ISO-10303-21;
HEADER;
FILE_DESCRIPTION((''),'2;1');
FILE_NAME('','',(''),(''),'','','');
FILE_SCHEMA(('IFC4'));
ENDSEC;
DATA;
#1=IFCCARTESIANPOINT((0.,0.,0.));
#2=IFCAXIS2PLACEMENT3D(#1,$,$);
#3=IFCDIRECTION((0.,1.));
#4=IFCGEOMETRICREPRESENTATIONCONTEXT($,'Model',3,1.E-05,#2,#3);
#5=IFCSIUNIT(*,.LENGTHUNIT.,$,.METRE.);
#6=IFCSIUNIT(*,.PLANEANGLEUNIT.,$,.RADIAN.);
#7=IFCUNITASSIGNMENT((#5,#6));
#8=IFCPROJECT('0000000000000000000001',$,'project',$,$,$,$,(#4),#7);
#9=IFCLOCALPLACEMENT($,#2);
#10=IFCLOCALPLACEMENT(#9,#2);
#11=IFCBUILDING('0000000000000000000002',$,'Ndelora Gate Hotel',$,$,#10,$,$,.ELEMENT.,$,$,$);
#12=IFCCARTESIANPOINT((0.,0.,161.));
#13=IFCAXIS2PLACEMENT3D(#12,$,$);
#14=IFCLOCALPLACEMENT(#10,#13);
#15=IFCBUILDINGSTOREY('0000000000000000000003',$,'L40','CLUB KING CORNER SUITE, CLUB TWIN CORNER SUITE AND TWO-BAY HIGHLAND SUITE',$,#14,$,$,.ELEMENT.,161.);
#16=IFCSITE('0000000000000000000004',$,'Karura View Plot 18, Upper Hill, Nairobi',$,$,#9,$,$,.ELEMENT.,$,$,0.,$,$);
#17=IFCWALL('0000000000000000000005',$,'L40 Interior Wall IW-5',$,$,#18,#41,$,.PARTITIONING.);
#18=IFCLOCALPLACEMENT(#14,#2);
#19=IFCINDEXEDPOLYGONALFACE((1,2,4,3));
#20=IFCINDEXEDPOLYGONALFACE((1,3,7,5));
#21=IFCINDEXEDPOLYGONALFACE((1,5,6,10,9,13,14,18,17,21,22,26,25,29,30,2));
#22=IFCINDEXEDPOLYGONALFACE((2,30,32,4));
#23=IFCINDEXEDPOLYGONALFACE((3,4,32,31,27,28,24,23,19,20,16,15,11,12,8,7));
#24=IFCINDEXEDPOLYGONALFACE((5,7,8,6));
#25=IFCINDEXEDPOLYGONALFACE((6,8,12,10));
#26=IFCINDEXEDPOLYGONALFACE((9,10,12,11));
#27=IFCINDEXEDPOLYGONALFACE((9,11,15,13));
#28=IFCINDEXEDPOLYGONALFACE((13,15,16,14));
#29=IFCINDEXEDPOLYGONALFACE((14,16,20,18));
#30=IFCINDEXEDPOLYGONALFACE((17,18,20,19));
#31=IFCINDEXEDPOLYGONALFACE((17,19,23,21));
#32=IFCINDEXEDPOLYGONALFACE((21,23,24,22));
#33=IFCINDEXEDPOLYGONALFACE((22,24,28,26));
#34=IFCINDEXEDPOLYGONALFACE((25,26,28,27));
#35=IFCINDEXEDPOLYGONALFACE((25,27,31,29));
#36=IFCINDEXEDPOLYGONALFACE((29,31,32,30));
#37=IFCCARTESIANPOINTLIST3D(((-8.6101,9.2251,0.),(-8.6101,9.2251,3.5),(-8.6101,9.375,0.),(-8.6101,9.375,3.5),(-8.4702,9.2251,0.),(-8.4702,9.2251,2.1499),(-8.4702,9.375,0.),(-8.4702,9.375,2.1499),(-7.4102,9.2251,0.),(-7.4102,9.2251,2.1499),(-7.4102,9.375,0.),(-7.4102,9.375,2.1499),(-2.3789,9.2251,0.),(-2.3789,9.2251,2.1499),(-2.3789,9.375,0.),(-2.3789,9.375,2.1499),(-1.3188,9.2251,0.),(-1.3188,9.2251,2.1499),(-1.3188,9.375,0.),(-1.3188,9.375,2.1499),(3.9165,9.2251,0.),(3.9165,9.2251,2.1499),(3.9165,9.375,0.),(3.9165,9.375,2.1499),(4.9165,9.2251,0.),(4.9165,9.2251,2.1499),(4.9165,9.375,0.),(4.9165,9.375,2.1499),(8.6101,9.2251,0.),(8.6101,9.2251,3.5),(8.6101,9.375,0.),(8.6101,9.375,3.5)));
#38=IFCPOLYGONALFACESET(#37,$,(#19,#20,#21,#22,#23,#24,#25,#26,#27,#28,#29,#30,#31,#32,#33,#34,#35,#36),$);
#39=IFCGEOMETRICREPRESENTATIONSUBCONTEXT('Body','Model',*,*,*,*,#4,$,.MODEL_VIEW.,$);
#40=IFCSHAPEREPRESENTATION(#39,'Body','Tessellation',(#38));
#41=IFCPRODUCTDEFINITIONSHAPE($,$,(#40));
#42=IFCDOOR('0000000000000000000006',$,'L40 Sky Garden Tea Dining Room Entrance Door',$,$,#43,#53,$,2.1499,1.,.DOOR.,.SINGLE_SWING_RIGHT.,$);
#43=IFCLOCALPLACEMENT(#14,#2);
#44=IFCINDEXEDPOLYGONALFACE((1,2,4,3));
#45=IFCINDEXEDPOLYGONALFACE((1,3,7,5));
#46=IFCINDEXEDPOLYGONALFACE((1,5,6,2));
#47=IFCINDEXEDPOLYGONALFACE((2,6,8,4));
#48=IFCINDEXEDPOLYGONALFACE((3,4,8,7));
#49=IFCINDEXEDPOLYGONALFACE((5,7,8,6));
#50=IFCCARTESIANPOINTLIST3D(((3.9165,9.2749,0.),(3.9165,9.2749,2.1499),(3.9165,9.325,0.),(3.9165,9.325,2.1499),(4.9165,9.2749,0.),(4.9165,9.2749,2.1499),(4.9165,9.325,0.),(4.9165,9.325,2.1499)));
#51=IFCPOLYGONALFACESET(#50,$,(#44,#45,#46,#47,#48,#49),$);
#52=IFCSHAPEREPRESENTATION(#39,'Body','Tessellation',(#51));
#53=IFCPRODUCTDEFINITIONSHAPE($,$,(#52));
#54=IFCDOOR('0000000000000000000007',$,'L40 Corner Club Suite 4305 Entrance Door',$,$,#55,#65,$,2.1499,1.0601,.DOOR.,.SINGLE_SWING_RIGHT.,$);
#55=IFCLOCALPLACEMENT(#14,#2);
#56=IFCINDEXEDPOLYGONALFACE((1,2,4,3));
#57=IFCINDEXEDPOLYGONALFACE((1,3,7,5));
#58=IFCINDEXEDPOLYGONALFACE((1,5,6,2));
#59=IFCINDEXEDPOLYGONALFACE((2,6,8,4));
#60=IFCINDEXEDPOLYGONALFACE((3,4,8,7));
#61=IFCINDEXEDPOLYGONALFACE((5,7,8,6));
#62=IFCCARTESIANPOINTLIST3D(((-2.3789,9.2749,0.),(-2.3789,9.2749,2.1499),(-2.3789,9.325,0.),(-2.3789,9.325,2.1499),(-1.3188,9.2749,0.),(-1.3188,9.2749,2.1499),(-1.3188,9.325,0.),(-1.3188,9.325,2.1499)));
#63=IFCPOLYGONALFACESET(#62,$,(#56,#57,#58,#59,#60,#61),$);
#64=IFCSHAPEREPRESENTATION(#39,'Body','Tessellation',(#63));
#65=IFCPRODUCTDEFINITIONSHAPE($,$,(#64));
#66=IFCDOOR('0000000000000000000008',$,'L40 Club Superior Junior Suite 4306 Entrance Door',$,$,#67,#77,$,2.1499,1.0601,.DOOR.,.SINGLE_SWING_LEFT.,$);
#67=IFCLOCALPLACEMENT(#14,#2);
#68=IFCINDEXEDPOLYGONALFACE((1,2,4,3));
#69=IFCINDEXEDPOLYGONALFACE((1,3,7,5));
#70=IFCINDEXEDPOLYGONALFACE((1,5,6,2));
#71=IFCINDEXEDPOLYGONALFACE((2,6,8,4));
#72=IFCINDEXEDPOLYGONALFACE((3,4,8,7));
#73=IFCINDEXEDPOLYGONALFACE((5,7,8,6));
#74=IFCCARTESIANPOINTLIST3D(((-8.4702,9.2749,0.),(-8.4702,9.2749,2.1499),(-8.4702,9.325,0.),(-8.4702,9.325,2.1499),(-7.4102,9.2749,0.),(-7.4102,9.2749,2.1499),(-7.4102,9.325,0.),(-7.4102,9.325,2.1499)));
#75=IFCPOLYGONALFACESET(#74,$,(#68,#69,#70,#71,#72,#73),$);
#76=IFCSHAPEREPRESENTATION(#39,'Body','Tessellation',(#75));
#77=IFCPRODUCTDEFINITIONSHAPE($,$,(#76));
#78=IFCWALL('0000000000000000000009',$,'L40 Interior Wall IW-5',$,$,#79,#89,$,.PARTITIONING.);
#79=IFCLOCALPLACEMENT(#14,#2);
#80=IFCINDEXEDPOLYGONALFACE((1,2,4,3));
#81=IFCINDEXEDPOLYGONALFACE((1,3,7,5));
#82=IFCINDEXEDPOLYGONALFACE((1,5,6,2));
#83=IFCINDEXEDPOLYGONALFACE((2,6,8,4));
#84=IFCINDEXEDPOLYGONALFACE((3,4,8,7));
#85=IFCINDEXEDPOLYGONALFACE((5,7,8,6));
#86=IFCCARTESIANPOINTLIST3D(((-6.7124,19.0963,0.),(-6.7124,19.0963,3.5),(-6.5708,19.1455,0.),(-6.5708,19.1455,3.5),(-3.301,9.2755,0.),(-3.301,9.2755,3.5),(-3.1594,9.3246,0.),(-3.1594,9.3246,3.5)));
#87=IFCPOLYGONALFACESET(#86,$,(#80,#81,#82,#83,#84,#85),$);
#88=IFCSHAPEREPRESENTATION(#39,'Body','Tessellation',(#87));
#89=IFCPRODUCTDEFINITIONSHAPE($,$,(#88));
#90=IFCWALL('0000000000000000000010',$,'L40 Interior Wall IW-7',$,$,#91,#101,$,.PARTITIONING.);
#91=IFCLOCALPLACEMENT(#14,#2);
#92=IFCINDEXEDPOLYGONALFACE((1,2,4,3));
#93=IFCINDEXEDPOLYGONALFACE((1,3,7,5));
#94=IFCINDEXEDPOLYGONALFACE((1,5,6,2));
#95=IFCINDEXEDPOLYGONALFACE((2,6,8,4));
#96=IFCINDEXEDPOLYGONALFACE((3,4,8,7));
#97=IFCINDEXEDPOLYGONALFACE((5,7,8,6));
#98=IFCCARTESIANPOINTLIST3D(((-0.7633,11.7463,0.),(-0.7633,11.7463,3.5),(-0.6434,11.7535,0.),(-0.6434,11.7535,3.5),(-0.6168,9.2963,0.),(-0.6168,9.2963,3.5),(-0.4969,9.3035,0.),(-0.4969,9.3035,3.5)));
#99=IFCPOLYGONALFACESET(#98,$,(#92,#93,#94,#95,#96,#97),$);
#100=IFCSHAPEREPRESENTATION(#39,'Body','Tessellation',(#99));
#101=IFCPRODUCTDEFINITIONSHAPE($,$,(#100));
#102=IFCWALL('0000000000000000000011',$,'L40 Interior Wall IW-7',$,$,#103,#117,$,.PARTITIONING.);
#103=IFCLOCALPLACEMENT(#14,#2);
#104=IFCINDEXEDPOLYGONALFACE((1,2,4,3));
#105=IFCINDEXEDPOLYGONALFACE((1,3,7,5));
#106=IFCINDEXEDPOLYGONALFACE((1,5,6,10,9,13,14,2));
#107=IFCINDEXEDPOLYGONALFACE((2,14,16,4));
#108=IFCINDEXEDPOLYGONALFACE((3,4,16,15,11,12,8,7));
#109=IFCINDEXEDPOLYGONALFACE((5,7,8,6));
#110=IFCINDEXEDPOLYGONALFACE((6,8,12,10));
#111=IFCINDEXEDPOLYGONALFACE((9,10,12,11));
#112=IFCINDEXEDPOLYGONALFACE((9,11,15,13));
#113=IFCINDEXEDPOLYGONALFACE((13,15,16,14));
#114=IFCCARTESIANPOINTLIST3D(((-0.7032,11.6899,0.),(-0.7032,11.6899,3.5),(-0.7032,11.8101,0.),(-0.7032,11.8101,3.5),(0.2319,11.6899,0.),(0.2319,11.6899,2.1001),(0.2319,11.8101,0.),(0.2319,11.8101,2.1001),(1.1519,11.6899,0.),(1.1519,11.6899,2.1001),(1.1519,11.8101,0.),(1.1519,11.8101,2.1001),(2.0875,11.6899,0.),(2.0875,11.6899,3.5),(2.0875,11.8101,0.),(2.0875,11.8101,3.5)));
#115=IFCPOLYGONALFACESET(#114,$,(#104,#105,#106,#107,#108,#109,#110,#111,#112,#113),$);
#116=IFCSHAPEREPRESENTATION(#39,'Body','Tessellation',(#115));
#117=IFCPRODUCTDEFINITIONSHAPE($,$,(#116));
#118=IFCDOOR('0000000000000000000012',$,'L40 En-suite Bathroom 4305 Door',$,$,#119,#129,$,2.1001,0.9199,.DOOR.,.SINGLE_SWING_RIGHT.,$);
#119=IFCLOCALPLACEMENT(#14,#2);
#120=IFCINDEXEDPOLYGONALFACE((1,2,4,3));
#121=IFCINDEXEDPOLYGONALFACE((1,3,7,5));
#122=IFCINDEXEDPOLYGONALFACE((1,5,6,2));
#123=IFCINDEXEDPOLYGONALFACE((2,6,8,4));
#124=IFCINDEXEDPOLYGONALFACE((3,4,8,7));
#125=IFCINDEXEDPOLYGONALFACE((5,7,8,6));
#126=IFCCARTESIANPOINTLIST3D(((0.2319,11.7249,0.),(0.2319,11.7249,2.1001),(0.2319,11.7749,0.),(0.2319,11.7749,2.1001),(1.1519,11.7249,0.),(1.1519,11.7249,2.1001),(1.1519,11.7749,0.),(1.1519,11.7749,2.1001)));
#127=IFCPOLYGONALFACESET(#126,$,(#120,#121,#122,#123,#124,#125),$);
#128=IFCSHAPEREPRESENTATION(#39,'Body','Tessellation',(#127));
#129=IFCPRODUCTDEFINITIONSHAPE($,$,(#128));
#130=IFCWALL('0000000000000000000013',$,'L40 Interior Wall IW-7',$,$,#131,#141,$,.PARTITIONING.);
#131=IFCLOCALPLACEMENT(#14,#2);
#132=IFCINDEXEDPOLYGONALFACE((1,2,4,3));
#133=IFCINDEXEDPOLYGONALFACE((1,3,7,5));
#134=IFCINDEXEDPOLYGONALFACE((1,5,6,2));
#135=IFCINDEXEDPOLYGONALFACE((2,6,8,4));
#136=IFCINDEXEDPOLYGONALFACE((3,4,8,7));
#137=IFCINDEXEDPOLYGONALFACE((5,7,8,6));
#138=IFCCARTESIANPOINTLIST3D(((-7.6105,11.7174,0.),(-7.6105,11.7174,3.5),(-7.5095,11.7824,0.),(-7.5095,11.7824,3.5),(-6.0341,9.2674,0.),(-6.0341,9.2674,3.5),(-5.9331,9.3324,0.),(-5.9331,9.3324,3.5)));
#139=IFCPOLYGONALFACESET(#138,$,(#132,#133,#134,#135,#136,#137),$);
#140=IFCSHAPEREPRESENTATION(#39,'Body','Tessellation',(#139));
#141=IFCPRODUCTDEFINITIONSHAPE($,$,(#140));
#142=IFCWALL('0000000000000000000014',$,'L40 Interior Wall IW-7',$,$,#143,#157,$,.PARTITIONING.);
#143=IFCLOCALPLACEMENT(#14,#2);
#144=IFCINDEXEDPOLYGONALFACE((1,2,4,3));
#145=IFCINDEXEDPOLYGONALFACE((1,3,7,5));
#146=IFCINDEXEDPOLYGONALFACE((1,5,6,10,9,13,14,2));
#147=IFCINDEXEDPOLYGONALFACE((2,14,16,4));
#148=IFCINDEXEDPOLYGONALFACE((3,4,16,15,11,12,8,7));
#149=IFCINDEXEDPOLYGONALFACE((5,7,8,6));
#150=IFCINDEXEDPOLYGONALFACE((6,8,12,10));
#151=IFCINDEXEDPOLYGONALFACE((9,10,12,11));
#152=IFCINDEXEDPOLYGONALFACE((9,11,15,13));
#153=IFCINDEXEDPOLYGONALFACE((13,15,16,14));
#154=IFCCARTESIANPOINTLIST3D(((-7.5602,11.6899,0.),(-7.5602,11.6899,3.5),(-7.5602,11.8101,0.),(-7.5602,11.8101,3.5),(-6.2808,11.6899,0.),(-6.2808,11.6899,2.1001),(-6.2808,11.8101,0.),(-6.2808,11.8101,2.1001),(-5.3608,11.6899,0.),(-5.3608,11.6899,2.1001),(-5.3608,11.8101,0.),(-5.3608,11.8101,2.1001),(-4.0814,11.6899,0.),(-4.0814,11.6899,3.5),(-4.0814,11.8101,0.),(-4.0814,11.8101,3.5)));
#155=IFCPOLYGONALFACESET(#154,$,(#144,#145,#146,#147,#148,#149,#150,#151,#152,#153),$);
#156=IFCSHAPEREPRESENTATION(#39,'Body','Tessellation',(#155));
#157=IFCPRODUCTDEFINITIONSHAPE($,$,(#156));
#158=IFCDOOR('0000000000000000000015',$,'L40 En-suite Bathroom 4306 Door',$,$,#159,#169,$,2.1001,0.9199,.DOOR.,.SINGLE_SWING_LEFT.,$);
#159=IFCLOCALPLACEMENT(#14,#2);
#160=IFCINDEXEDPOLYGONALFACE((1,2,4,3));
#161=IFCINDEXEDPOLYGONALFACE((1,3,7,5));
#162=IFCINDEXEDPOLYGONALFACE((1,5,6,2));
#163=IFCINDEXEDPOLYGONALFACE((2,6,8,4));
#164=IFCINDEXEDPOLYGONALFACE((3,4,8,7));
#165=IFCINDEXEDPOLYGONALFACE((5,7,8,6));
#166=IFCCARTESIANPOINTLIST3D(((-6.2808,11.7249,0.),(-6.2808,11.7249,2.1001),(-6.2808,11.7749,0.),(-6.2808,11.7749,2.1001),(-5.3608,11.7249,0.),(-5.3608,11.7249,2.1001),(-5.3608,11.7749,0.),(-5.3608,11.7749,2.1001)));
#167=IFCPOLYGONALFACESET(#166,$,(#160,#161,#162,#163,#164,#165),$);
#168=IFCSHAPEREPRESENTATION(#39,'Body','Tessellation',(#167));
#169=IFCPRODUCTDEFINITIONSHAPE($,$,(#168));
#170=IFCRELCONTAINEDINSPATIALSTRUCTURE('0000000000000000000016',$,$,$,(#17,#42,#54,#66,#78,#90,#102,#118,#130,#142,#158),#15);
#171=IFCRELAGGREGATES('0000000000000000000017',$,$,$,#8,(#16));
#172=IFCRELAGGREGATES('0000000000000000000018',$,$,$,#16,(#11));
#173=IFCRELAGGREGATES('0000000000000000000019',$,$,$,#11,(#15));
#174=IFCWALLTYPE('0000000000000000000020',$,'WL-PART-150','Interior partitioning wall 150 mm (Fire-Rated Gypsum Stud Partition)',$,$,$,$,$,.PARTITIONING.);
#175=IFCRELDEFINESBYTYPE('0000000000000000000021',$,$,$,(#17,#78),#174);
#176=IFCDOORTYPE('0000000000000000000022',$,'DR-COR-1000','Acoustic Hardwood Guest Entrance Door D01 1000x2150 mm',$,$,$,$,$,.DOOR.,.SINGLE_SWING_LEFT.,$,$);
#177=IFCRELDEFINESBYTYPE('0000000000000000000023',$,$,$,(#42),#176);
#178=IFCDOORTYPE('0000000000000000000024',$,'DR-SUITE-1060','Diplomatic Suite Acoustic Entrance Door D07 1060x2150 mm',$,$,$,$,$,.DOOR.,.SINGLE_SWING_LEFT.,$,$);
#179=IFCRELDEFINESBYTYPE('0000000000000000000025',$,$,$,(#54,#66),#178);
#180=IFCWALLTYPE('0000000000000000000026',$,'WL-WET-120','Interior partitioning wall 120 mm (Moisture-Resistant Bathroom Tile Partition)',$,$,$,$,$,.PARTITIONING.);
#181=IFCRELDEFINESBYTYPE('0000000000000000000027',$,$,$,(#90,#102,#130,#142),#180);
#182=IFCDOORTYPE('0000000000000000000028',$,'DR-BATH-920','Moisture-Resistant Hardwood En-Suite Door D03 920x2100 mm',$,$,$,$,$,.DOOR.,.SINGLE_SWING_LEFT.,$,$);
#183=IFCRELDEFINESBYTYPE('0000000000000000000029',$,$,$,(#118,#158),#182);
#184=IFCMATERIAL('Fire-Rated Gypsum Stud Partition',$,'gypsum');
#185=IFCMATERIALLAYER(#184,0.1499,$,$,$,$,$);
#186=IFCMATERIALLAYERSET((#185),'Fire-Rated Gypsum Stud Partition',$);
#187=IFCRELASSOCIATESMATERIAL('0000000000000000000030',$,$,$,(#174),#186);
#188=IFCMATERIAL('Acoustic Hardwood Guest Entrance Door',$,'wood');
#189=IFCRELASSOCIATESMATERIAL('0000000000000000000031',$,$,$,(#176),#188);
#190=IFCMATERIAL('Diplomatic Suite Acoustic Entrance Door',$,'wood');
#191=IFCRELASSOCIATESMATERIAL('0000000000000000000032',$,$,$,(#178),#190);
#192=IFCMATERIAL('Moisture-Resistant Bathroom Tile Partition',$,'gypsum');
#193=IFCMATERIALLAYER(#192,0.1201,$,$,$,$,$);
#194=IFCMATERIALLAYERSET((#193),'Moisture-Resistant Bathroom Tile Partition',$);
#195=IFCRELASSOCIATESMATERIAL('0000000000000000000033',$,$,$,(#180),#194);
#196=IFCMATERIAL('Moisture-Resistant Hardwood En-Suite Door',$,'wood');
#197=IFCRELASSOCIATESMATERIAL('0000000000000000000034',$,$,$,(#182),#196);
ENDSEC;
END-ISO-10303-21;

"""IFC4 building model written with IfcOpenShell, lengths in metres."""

from ifc_helpers import new_model, si_unit, direction, frame, frame_2d, origin, place, context, subcontext, project, spatial, rectangle, extrude, material, layer, layer_set, type_object, element, fill, save


model = new_model("IFC4")

# Units and contexts
model_context = context("Model", 3, precision=1e-05, world=origin(), true_north=direction((0.0, 1.0)))
body_context = subcontext(model_context, "Body", "Model", "MODEL_VIEW")
ifc_project = project(units=[si_unit("LENGTHUNIT", "METRE"), si_unit("PLANEANGLEUNIT", "RADIAN")], contexts=[model_context])

# Site, building, storey
site_placement = place(None, origin())
site = spatial("IfcSite", under=ifc_project, at=site_placement, Name="Karura View Plot 18, Upper Hill, Nairobi", CompositionType="ELEMENT", RefElevation=0.0)
building_placement = place(site_placement, origin())
building = spatial("IfcBuilding", under=site, at=building_placement, Name="Ndelora Gate Hotel", CompositionType="ELEMENT")
storey_placement = place(building_placement, frame((0.0, 0.0, 161.0)))
storey = spatial("IfcBuildingStorey", under=building, at=storey_placement, Name="L40", Description="CLUB KING CORNER SUITE, CLUB TWIN CORNER SUITE AND TWO-BAY HIGHLAND SUITE", CompositionType="ELEMENT", Elevation=161.0)

# Wall, openings, doors
ifc_material_1 = material(Name="Fire-Rated Gypsum Stud Partition", Category="gypsum")
ifc_layer_1 = layer(ifc_material_1, 0.1499)
ifc_layer_set_1 = layer_set([ifc_layer_1], Name="Fire-Rated Gypsum Stud Partition")
wall_type_1 = type_object("IfcWallType", Name="WL-PART-150", Description="Interior partitioning wall 150 mm (Fire-Rated Gypsum Stud Partition)", PredefinedType="PARTITIONING", material=ifc_layer_set_1)
wall_1_placement = place(storey_placement, frame((-8.6101, 9.3, 0.0), z_axis=(0.0, 0.0, 1.0), x_axis=(1.0, 0.0, 0.0)))
wall_1 = element("IfcWall", 1, at=wall_1_placement, inside=storey, type_object=wall_type_1, Name="L40 Interior Wall IW-5", PredefinedType="PARTITIONING", context=body_context, shape_type="SweptSolid", body=[
    extrude(rectangle(XDim=17.2202, YDim=0.1499, at=frame_2d((8.6101, 0.0))), origin(), (0.0, 0.0, 1.0), 3.5),
])
opening_1_placement = place(wall_1_placement, frame((12.5266, 0.0, 0.0)))
opening_1 = element("IfcOpeningElement", 2, at=opening_1_placement, cuts=wall_1, PredefinedType="OPENING", context=body_context, shape_type="SweptSolid", body=[
    extrude(rectangle(XDim=1.0, YDim=2.1499, at=frame_2d((0.5, 1.075))), frame((0.0, 0.085, 0.0), z_axis=(0.0, -1.0, 0.0), x_axis=(1.0, 0.0, 0.0)), (0.0, 0.0, 1.0), 0.1699),
])
opening_2_placement = place(wall_1_placement, frame((6.2312, 0.0, 0.0)))
opening_2 = element("IfcOpeningElement", 3, at=opening_2_placement, cuts=wall_1, PredefinedType="OPENING", context=body_context, shape_type="SweptSolid", body=[
    extrude(rectangle(XDim=1.0601, YDim=2.1499, at=frame_2d((0.53, 1.075))), frame((0.0, 0.085, 0.0), z_axis=(0.0, -1.0, 0.0), x_axis=(1.0, 0.0, 0.0)), (0.0, 0.0, 1.0), 0.1699),
])
opening_3_placement = place(wall_1_placement, frame((0.1399, 0.0, 0.0)))
opening_3 = element("IfcOpeningElement", 4, at=opening_3_placement, cuts=wall_1, PredefinedType="OPENING", context=body_context, shape_type="SweptSolid", body=[
    extrude(rectangle(XDim=1.0601, YDim=2.1499, at=frame_2d((0.53, 1.075))), frame((0.0, 0.085, 0.0), z_axis=(0.0, -1.0, 0.0), x_axis=(1.0, 0.0, 0.0)), (0.0, 0.0, 1.0), 0.1699),
])
ifc_material_2 = material(Name="Acoustic Hardwood Guest Entrance Door", Category="wood")
door_type_1 = type_object("IfcDoorType", Name="DR-COR-1000", Description="Acoustic Hardwood Guest Entrance Door D01 1000x2150 mm", OperationType="SINGLE_SWING_LEFT", PredefinedType="DOOR", material=ifc_material_2)
door_1_placement = place(opening_1_placement, origin())
door_1 = element("IfcDoor", 5, at=door_1_placement, inside=storey, type_object=door_type_1, Name="L40 Sky Garden Tea Dining Room Entrance Door", OperationType="SINGLE_SWING_RIGHT", OverallHeight=2.1499, OverallWidth=1.0, PredefinedType="DOOR", context=body_context, shape_type="SweptSolid", body=[
    extrude(rectangle(XDim=1.0, YDim=2.1499, at=frame_2d((0.5, 1.075))), frame((0.0, 0.0249, 0.0), z_axis=(0.0, -1.0, 0.0), x_axis=(1.0, 0.0, 0.0)), (0.0, 0.0, 1.0), 0.05),
])
fill(opening_1, door_1)
ifc_material_3 = material(Name="Diplomatic Suite Acoustic Entrance Door", Category="wood")
door_type_2 = type_object("IfcDoorType", Name="DR-SUITE-1060", Description="Diplomatic Suite Acoustic Entrance Door D07 1060x2150 mm", OperationType="SINGLE_SWING_LEFT", PredefinedType="DOOR", material=ifc_material_3)
door_2_placement = place(opening_2_placement, origin())
door_2 = element("IfcDoor", 6, at=door_2_placement, inside=storey, type_object=door_type_2, Name="L40 Corner Club Suite 4305 Entrance Door", OperationType="SINGLE_SWING_RIGHT", OverallHeight=2.1499, OverallWidth=1.0601, PredefinedType="DOOR", context=body_context, shape_type="SweptSolid", body=[
    extrude(rectangle(XDim=1.0601, YDim=2.1499, at=frame_2d((0.53, 1.075))), frame((0.0, 0.0249, 0.0), z_axis=(0.0, -1.0, 0.0), x_axis=(1.0, 0.0, 0.0)), (0.0, 0.0, 1.0), 0.05),
])
fill(opening_2, door_2)
door_3_placement = place(opening_3_placement, origin())
door_3 = element("IfcDoor", 7, at=door_3_placement, inside=storey, type_object=door_type_2, Name="L40 Club Superior Junior Suite 4306 Entrance Door", OperationType="SINGLE_SWING_LEFT", OverallHeight=2.1499, OverallWidth=1.0601, PredefinedType="DOOR", context=body_context, shape_type="SweptSolid", body=[
    extrude(rectangle(XDim=1.0601, YDim=2.1499, at=frame_2d((0.53, 1.075))), frame((0.0, 0.0249, 0.0), z_axis=(0.0, -1.0, 0.0), x_axis=(1.0, 0.0, 0.0)), (0.0, 0.0, 1.0), 0.05),
])
fill(opening_3, door_3)

# Walls
wall_2_placement = place(storey_placement, frame((-3.2302, 9.3, 0.0), z_axis=(0.0, 0.0, 1.0), x_axis=(-0.32813, 0.944633, 0.0)))
element("IfcWall", 8, at=wall_2_placement, inside=storey, type_object=wall_type_1, Name="L40 Interior Wall IW-5", PredefinedType="PARTITIONING", context=body_context, shape_type="SweptSolid", body=[
    extrude(rectangle(XDim=10.3965, YDim=0.1499, at=frame_2d((5.1982, 0.0))), origin(), (0.0, 0.0, 1.0), 3.5),
])
ifc_material_4 = material(Name="Moisture-Resistant Bathroom Tile Partition", Category="gypsum")
ifc_layer_2 = layer(ifc_material_4, 0.1201)
ifc_layer_set_2 = layer_set([ifc_layer_2], Name="Moisture-Resistant Bathroom Tile Partition")
wall_type_2 = type_object("IfcWallType", Name="WL-WET-120", Description="Interior partitioning wall 120 mm (Moisture-Resistant Bathroom Tile Partition)", PredefinedType="PARTITIONING", material=ifc_layer_set_2)
wall_3_placement = place(storey_placement, frame((-0.5569, 9.3, 0.0), z_axis=(0.0, 0.0, 1.0), x_axis=(-0.059684, 0.998217, 0.0)))
element("IfcWall", 9, at=wall_3_placement, inside=storey, type_object=wall_type_2, Name="L40 Interior Wall IW-7", PredefinedType="PARTITIONING", context=body_context, shape_type="SweptSolid", body=[
    extrude(rectangle(XDim=2.4543, YDim=0.1201, at=frame_2d((1.2271, 0.0))), origin(), (0.0, 0.0, 1.0), 3.5),
])

# Wall, opening, door
wall_4_placement = place(storey_placement, frame((-0.7034, 11.75, 0.0), z_axis=(0.0, 0.0, 1.0), x_axis=(1.0, 0.0, 0.0)))
wall_4 = element("IfcWall", 10, at=wall_4_placement, inside=storey, type_object=wall_type_2, Name="L40 Interior Wall IW-7", PredefinedType="PARTITIONING", context=body_context, shape_type="SweptSolid", body=[
    extrude(rectangle(XDim=2.7908, YDim=0.1201, at=frame_2d((1.3955, 0.0))), origin(), (0.0, 0.0, 1.0), 3.5),
])
opening_4_placement = place(wall_4_placement, frame((0.9353, 0.0, 0.0)))
opening_4 = element("IfcOpeningElement", 11, at=opening_4_placement, cuts=wall_4, PredefinedType="OPENING", context=body_context, shape_type="SweptSolid", body=[
    extrude(rectangle(XDim=0.9199, YDim=2.1001, at=frame_2d((0.46, 1.05))), frame((0.0, 0.0701, 0.0), z_axis=(0.0, -1.0, 0.0), x_axis=(1.0, 0.0, 0.0)), (0.0, 0.0, 1.0), 0.1401),
])
ifc_material_5 = material(Name="Moisture-Resistant Hardwood En-Suite Door", Category="wood")
door_type_3 = type_object("IfcDoorType", Name="DR-BATH-920", Description="Moisture-Resistant Hardwood En-Suite Door D03 920x2100 mm", OperationType="SINGLE_SWING_LEFT", PredefinedType="DOOR", material=ifc_material_5)
door_4_placement = place(opening_4_placement, origin())
door_4 = element("IfcDoor", 12, at=door_4_placement, inside=storey, type_object=door_type_3, Name="L40 En-suite Bathroom 4305 Door", OperationType="SINGLE_SWING_RIGHT", OverallHeight=2.1001, OverallWidth=0.9199, PredefinedType="DOOR", context=body_context, shape_type="SweptSolid", body=[
    extrude(rectangle(XDim=0.9199, YDim=2.1001, at=frame_2d((0.46, 1.05))), frame((0.0, 0.0249, 0.0), z_axis=(0.0, -1.0, 0.0), x_axis=(1.0, 0.0, 0.0)), (0.0, 0.0, 1.0), 0.05),
])
fill(opening_4, door_4)

# Wall
wall_5_placement = place(storey_placement, frame((-5.9836, 9.3, 0.0), z_axis=(0.0, 0.0, 1.0), x_axis=(-0.541109, 0.840952, 0.0)))
element("IfcWall", 13, at=wall_5_placement, inside=storey, type_object=wall_type_2, Name="L40 Interior Wall IW-7", PredefinedType="PARTITIONING", context=body_context, shape_type="SweptSolid", body=[
    extrude(rectangle(XDim=2.9133, YDim=0.1201, at=frame_2d((1.4565, 0.0))), origin(), (0.0, 0.0, 1.0), 3.5),
])

# Wall, opening, door
wall_6_placement = place(storey_placement, frame((-7.5601, 11.75, 0.0), z_axis=(0.0, 0.0, 1.0), x_axis=(1.0, 0.0, 0.0)))
wall_6 = element("IfcWall", 14, at=wall_6_placement, inside=storey, type_object=wall_type_2, Name="L40 Interior Wall IW-7", PredefinedType="PARTITIONING", context=body_context, shape_type="SweptSolid", body=[
    extrude(rectangle(XDim=3.4788, YDim=0.1201, at=frame_2d((1.7393, 0.0))), origin(), (0.0, 0.0, 1.0), 3.5),
])
opening_5_placement = place(wall_6_placement, frame((1.2793, 0.0, 0.0)))
opening_5 = element("IfcOpeningElement", 15, at=opening_5_placement, cuts=wall_6, PredefinedType="OPENING", context=body_context, shape_type="SweptSolid", body=[
    extrude(rectangle(XDim=0.9199, YDim=2.1001, at=frame_2d((0.46, 1.05))), frame((0.0, 0.0701, 0.0), z_axis=(0.0, -1.0, 0.0), x_axis=(1.0, 0.0, 0.0)), (0.0, 0.0, 1.0), 0.1401),
])
door_5_placement = place(opening_5_placement, origin())
door_5 = element("IfcDoor", 16, at=door_5_placement, inside=storey, type_object=door_type_3, Name="L40 En-suite Bathroom 4306 Door", OperationType="SINGLE_SWING_LEFT", OverallHeight=2.1001, OverallWidth=0.9199, PredefinedType="DOOR", context=body_context, shape_type="SweptSolid", body=[
    extrude(rectangle(XDim=0.9199, YDim=2.1001, at=frame_2d((0.46, 1.05))), frame((0.0, 0.0249, 0.0), z_axis=(0.0, -1.0, 0.0), x_axis=(1.0, 0.0, 0.0)), (0.0, 0.0, 1.0), 0.05),
])
fill(opening_5, door_5)

save(model, "model.ifc")
